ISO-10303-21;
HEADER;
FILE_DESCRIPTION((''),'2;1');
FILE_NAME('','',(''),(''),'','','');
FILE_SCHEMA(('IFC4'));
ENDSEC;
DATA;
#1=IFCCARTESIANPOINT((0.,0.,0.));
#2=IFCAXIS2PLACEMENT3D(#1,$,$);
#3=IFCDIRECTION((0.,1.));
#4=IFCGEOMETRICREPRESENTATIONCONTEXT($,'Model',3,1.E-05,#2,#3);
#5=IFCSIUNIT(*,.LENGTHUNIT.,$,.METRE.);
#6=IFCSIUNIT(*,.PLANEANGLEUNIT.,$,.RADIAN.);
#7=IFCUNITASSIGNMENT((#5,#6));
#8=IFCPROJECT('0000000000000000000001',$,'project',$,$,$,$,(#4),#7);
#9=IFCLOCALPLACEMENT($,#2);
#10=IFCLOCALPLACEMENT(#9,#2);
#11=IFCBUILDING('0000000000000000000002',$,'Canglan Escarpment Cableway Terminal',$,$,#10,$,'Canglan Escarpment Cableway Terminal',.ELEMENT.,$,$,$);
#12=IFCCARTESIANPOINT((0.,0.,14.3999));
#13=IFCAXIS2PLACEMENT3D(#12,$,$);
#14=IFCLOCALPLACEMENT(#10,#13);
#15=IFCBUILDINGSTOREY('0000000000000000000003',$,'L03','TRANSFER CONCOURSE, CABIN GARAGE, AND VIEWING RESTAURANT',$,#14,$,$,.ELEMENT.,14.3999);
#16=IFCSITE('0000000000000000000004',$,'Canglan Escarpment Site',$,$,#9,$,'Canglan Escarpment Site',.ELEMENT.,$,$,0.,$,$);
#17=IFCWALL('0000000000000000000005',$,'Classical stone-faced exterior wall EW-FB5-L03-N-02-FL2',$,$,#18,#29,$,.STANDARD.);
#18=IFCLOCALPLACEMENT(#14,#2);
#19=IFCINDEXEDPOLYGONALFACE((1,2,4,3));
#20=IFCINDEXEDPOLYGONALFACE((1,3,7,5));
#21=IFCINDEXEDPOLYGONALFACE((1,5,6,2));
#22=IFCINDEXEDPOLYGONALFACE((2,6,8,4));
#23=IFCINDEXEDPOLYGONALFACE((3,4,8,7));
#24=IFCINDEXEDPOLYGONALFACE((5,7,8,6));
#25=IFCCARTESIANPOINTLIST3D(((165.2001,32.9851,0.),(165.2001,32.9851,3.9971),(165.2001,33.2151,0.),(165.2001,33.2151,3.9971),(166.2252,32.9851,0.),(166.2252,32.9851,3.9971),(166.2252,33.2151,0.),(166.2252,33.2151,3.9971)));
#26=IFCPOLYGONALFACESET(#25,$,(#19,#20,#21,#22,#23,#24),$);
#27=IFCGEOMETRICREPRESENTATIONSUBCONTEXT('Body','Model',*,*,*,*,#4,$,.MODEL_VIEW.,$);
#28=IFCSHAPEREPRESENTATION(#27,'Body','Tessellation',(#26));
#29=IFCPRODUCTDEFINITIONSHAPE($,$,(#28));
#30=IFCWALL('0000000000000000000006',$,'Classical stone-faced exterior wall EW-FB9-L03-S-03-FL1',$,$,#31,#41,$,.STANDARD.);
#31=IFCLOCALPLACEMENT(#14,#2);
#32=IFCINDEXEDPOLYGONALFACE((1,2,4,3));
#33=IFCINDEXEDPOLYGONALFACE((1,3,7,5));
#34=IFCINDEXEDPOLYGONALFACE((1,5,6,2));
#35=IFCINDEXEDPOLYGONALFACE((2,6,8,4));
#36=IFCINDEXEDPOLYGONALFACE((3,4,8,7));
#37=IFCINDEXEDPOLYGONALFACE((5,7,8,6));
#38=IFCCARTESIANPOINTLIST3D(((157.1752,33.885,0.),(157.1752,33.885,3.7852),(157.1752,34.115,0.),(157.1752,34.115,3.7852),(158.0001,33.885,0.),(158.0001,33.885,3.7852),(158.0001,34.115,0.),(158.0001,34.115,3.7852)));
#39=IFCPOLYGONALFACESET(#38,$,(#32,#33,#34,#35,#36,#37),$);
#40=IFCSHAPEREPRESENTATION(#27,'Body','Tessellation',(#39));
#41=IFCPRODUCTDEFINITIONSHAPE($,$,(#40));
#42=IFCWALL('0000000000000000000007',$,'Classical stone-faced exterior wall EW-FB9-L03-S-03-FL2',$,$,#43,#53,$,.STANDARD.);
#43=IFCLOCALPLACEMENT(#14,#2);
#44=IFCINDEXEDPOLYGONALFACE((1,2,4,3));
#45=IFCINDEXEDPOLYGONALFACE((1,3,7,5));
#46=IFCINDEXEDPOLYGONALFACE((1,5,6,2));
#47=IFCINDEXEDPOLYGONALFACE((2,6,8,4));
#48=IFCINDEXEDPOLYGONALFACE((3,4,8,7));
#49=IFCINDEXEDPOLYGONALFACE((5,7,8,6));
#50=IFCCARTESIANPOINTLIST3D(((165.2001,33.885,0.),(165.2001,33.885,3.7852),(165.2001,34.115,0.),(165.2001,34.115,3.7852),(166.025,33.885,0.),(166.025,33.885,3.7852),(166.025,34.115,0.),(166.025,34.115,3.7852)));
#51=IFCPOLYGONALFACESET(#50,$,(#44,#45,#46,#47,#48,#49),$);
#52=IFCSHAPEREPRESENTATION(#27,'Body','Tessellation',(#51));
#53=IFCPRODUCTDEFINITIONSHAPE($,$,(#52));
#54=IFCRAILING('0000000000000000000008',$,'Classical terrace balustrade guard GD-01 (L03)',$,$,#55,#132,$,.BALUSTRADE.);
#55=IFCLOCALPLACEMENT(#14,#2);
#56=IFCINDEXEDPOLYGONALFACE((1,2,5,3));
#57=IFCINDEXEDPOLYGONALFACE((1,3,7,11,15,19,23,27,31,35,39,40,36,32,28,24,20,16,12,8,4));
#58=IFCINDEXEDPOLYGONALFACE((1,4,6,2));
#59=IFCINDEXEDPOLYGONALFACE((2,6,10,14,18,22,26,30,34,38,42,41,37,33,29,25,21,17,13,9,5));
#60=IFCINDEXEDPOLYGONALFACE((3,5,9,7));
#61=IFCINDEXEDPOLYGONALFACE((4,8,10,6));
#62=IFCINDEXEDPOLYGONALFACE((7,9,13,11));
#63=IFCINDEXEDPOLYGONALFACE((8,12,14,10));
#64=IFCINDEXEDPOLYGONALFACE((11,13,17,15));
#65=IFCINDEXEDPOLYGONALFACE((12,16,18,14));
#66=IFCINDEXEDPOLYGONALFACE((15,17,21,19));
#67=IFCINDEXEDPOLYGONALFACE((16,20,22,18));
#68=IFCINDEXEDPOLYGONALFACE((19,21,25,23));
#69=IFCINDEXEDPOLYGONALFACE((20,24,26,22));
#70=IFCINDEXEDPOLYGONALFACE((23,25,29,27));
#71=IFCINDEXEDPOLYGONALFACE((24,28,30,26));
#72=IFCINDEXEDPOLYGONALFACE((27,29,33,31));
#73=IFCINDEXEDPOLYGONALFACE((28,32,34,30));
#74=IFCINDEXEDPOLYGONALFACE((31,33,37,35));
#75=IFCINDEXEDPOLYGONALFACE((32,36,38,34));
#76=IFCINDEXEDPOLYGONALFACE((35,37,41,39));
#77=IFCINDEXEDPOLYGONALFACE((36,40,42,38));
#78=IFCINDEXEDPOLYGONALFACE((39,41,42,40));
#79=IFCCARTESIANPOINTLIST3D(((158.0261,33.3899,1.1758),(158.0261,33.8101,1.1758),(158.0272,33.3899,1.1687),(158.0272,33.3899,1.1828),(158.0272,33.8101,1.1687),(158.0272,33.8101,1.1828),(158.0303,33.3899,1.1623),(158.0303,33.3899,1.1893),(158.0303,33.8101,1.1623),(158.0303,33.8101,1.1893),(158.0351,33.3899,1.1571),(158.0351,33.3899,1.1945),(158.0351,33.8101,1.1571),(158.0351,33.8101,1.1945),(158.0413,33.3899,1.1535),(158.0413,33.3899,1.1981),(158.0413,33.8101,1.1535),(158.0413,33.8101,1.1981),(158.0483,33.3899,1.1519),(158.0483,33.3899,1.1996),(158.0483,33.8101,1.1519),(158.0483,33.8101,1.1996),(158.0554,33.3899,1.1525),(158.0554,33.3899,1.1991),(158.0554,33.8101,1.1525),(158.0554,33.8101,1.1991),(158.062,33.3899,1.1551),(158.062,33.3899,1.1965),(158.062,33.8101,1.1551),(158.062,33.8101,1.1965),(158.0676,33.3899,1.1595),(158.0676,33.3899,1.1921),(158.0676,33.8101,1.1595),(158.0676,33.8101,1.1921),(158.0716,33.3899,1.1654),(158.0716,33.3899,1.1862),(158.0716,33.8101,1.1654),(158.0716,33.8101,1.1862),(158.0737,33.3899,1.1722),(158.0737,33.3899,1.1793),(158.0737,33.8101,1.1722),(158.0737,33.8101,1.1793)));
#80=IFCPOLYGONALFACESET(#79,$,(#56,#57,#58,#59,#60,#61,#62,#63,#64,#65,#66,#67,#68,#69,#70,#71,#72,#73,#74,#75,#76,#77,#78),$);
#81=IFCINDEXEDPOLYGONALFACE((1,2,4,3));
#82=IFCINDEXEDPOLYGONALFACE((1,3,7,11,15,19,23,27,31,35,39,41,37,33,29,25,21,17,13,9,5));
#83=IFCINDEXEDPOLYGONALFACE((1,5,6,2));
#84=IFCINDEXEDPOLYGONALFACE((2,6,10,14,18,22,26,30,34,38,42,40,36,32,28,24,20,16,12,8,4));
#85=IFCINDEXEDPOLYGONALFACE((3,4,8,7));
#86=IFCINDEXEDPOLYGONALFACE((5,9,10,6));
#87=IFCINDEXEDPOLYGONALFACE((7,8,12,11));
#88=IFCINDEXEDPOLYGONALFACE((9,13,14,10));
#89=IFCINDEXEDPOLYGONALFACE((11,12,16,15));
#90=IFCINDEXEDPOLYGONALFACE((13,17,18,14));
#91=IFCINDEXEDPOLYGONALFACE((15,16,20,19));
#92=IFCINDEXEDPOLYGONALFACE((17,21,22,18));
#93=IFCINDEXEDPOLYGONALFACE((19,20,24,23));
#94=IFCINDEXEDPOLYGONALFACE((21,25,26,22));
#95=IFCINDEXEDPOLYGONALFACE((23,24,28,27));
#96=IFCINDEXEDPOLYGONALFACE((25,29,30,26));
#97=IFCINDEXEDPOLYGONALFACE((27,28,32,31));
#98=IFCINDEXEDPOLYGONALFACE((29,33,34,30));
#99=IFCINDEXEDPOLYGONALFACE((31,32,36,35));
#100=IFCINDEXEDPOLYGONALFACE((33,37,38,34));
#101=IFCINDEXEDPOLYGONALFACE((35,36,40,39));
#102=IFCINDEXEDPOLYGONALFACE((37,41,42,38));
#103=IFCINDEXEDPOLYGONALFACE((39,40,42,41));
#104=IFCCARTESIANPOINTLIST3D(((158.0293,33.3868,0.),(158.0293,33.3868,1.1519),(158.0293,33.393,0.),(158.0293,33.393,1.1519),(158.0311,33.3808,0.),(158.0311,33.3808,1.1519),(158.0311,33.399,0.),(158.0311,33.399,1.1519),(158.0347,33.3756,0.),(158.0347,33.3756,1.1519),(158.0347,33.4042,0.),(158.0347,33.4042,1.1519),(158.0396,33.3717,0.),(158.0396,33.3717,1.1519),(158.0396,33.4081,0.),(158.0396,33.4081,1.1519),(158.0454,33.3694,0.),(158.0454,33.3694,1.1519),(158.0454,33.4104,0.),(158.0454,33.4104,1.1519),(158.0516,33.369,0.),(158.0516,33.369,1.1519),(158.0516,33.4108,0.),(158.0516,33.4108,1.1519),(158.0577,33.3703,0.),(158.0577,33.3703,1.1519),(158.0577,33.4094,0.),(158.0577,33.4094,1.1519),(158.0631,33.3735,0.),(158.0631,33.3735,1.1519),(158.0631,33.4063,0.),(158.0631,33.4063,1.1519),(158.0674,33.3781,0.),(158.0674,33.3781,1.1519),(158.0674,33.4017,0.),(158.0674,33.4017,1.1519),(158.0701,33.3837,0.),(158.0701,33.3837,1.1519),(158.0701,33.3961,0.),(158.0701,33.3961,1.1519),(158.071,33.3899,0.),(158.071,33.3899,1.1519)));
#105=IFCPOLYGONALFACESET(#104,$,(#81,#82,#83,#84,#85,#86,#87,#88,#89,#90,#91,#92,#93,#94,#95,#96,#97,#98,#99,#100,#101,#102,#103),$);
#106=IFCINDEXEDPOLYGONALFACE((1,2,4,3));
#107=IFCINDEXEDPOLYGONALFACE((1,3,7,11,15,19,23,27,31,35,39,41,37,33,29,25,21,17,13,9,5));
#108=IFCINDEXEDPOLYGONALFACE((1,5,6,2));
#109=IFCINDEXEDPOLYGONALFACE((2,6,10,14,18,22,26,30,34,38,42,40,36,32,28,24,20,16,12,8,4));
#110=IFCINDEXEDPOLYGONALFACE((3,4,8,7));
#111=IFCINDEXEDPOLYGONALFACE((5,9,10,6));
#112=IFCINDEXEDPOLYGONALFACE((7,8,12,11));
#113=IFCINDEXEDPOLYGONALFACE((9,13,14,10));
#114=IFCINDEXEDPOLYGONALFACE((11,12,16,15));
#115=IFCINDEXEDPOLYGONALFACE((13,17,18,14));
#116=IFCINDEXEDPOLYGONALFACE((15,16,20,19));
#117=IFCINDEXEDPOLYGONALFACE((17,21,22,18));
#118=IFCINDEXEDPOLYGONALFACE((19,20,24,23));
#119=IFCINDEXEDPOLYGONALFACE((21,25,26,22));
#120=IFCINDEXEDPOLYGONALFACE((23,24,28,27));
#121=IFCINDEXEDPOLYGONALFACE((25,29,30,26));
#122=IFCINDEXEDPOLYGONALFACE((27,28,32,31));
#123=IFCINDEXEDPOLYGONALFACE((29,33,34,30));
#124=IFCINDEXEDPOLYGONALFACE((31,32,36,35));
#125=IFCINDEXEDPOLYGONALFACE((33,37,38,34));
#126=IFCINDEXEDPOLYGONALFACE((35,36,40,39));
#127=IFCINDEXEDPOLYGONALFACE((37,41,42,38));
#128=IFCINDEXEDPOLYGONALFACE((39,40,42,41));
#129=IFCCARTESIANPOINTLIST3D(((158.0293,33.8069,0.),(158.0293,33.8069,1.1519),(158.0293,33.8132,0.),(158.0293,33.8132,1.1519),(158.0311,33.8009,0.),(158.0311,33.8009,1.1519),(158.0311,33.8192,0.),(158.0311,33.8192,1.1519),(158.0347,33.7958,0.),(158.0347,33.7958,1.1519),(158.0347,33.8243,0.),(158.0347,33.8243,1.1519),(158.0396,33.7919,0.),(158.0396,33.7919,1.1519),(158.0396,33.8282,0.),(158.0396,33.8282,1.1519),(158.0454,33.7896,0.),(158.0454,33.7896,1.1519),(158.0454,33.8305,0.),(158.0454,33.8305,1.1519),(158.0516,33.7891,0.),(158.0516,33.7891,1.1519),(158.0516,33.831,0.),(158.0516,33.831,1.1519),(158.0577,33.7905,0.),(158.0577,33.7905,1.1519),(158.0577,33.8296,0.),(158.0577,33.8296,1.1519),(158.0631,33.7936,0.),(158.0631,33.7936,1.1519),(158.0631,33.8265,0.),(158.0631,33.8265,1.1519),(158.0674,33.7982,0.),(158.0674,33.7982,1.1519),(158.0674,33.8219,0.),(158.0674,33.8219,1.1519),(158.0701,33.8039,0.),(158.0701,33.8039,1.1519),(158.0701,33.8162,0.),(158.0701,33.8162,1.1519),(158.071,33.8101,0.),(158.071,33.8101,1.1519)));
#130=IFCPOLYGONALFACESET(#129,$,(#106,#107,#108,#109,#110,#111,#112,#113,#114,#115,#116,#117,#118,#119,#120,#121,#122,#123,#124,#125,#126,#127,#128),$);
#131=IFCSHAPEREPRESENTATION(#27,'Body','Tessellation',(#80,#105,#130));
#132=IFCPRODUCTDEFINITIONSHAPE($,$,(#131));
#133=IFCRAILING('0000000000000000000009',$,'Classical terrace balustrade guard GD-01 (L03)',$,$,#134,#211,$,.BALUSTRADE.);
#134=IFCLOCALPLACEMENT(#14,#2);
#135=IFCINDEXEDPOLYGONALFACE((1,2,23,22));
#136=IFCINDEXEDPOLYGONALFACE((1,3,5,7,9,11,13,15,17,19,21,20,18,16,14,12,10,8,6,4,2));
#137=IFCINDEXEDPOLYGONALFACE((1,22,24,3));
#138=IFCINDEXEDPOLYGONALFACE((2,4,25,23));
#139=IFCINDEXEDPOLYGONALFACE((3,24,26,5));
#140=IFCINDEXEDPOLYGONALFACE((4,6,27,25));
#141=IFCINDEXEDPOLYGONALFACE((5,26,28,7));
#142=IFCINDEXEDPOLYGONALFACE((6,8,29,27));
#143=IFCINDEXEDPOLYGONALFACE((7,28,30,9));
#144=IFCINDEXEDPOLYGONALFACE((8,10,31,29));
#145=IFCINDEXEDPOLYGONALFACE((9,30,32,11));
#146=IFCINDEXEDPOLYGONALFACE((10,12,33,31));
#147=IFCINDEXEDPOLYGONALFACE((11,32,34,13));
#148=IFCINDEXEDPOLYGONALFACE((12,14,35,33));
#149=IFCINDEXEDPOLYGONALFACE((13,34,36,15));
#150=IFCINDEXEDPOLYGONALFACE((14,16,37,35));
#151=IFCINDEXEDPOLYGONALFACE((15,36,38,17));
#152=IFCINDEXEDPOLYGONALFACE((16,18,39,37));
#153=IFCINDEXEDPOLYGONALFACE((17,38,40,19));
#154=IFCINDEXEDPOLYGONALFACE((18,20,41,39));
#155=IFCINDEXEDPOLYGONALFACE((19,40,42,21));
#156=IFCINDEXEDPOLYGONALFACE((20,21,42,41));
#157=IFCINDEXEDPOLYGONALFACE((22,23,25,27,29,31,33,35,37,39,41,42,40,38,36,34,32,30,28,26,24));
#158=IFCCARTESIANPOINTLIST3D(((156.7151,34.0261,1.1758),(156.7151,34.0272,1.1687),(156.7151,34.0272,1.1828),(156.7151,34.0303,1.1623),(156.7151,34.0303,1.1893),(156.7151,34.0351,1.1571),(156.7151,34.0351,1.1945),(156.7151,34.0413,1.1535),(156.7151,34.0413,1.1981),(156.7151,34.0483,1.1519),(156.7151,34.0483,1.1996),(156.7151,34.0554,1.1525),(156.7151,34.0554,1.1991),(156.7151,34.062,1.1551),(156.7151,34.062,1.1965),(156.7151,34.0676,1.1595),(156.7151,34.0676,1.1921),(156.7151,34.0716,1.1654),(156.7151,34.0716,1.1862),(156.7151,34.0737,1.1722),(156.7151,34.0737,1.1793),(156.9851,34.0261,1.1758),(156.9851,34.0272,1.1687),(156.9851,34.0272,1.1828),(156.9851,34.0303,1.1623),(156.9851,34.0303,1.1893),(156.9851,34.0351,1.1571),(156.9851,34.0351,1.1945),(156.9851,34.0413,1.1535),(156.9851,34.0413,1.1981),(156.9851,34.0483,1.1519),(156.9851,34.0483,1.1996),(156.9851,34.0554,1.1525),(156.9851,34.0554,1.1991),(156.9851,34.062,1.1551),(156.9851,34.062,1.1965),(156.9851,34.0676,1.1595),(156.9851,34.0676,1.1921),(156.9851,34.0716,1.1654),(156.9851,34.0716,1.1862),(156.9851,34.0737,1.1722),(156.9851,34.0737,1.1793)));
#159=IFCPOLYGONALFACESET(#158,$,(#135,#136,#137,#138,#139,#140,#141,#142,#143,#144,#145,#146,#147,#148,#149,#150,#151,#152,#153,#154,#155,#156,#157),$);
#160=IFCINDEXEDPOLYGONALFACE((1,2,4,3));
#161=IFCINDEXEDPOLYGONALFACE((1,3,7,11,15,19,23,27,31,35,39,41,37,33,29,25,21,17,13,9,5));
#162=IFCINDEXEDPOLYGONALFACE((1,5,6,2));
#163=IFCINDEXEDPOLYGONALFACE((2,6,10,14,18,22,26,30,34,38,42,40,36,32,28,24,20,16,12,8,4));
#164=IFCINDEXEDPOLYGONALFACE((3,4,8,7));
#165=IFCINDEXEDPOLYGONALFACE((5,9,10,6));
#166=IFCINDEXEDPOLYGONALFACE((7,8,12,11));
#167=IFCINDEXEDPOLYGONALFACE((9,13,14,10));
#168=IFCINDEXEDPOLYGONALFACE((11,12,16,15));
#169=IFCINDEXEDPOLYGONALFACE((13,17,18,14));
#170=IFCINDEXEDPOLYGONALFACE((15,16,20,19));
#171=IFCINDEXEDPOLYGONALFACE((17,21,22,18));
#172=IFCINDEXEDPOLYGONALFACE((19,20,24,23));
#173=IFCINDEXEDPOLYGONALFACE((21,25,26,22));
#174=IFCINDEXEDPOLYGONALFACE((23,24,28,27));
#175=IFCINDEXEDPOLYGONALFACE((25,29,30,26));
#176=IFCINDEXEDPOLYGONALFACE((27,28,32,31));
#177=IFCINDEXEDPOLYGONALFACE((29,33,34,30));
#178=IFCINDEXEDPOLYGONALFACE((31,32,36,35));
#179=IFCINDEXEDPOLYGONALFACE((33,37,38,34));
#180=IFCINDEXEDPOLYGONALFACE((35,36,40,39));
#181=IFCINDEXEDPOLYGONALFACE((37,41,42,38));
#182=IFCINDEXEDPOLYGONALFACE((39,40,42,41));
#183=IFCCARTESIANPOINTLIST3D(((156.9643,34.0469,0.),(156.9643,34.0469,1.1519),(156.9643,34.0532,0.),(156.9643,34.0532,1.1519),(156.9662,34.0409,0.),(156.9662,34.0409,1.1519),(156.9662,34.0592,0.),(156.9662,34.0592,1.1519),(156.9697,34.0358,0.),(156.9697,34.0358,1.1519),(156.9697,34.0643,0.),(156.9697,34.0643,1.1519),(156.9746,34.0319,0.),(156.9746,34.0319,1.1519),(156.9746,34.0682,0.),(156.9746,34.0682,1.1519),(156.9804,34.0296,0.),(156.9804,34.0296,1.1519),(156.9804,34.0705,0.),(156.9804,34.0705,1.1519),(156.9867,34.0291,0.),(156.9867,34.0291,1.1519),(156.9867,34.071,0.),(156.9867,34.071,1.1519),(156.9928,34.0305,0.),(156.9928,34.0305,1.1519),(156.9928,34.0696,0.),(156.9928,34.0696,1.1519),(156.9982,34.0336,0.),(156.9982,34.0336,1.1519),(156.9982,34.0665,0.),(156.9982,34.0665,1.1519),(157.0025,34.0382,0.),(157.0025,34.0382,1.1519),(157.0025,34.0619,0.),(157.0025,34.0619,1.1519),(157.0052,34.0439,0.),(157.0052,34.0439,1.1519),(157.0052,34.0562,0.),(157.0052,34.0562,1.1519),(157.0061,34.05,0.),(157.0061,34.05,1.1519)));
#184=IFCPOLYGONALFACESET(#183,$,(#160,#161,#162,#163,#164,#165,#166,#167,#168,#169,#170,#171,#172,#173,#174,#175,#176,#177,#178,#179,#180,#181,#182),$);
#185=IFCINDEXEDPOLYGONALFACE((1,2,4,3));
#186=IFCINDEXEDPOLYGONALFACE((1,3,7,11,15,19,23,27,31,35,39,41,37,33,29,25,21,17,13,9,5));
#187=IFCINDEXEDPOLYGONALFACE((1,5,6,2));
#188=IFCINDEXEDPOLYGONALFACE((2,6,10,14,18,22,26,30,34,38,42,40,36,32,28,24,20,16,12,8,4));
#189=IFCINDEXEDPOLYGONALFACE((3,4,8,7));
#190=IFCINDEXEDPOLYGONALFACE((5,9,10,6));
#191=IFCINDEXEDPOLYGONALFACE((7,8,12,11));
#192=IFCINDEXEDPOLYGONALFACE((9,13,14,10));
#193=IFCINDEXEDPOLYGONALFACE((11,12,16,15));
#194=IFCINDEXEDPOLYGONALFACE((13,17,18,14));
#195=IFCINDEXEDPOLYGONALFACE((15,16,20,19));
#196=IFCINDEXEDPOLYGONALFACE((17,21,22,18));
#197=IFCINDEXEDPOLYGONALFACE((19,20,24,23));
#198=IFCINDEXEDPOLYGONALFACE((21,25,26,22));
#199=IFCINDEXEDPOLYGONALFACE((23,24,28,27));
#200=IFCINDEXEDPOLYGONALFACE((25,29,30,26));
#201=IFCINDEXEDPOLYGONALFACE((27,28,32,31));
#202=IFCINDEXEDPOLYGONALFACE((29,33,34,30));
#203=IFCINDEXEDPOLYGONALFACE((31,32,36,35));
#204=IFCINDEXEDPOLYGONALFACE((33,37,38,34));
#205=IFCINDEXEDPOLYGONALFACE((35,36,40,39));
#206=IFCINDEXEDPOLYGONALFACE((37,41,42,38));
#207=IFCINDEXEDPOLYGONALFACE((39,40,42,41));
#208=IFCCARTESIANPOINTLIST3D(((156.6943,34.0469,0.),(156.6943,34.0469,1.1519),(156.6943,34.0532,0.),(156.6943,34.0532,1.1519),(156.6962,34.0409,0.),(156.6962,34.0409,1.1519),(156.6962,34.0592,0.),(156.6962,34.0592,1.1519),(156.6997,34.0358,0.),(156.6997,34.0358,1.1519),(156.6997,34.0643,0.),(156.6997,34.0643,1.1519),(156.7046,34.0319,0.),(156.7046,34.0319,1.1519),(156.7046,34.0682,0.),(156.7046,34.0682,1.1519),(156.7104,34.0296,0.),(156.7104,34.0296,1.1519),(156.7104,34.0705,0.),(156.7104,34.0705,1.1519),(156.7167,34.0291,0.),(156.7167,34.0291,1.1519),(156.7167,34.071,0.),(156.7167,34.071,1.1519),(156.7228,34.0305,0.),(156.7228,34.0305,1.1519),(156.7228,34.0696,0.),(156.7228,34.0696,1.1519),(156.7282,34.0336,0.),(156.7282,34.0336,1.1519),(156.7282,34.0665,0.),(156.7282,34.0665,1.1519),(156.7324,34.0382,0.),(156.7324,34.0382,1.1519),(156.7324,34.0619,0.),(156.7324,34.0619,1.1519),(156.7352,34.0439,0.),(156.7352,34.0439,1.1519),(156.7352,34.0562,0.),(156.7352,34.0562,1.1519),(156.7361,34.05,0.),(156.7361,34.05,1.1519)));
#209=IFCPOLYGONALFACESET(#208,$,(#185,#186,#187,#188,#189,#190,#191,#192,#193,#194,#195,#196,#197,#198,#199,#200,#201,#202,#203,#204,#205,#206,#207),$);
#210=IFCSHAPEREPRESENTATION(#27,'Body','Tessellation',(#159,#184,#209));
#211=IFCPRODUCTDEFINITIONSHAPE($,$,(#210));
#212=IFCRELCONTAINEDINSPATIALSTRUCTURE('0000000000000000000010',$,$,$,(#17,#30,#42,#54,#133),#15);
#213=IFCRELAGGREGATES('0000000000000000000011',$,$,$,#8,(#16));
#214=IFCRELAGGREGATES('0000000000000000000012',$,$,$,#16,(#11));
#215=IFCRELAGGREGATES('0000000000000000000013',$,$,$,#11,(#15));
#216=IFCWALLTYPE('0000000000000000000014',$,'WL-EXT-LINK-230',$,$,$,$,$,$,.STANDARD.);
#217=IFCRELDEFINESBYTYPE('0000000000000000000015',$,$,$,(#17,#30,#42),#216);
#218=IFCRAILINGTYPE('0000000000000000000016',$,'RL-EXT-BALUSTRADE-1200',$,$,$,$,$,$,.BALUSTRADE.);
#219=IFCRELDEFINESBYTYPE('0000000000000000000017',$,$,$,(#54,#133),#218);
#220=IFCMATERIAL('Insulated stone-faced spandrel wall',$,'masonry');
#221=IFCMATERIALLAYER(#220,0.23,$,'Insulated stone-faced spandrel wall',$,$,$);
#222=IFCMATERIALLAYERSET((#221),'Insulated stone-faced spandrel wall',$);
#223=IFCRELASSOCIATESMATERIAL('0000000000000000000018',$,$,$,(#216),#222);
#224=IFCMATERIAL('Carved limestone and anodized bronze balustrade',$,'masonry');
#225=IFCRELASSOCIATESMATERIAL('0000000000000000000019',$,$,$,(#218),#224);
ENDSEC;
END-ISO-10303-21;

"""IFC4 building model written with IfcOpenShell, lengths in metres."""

from ifc_helpers import new_model, si_unit, direction, frame, frame_2d, origin, origin_2d, place, context, subcontext, project, spatial, rectangle, circle, extrude, material, layer, layer_set, type_object, element, save


model = new_model("IFC4")

# Units and contexts
model_context = context("Model", 3, precision=1e-05, world=origin(), true_north=direction((0.0, 1.0)))
body_context = subcontext(model_context, "Body", "Model", "MODEL_VIEW")
ifc_project = project(units=[si_unit("LENGTHUNIT", "METRE"), si_unit("PLANEANGLEUNIT", "RADIAN")], contexts=[model_context])

# Site, building, storey
site_placement = place(None, origin())
site = spatial("IfcSite", under=ifc_project, at=site_placement, Name="Canglan Escarpment Site", LongName="Canglan Escarpment Site", CompositionType="ELEMENT", RefElevation=0.0)
building_placement = place(site_placement, origin())
building = spatial("IfcBuilding", under=site, at=building_placement, Name="Canglan Escarpment Cableway Terminal", LongName="Canglan Escarpment Cableway Terminal", CompositionType="ELEMENT")
storey_placement = place(building_placement, frame((0.0, 0.0, 14.3999)))
storey = spatial("IfcBuildingStorey", under=building, at=storey_placement, Name="L03", Description="TRANSFER CONCOURSE, CABIN GARAGE, AND VIEWING RESTAURANT", CompositionType="ELEMENT", Elevation=14.3999)

# Walls
ifc_material_1 = material(Name="Insulated stone-faced spandrel wall", Category="masonry")
ifc_layer_1 = layer(ifc_material_1, 0.23, Name="Insulated stone-faced spandrel wall")
ifc_layer_set_1 = layer_set([ifc_layer_1], Name="Insulated stone-faced spandrel wall")
wall_type_1 = type_object("IfcWallType", Name="WL-EXT-LINK-230", PredefinedType="STANDARD", material=ifc_layer_set_1)
wall_1_placement = place(storey_placement, frame((165.2, 33.1001, 0.0), z_axis=(0.0, 0.0, 1.0), x_axis=(1.0, 0.0, 0.0)))
element("IfcWall", 1, at=wall_1_placement, inside=storey, type_object=wall_type_1, Name="Classical stone-faced exterior wall EW-FB5-L03-N-02-FL2", PredefinedType="STANDARD", context=body_context, shape_type="SweptSolid", body=[
    extrude(rectangle(XDim=1.0251, YDim=0.23, at=frame_2d((0.5127, 0.0))), origin(), (0.0, 0.0, 1.0), 3.9971),
])
for number, where, z_axis, x_axis, name in (
    (2, (157.175, 34.0, 0.0), (0.0, 0.0, 1.0), (1.0, 0.0, 0.0), "Classical stone-faced exterior wall EW-FB9-L03-S-03-FL1"),
    (3, (165.2, 34.0, 0.0), (0.0, 0.0, 1.0), (1.0, 0.0, 0.0), "Classical stone-faced exterior wall EW-FB9-L03-S-03-FL2"),
):
    element("IfcWall", number, at=place(storey_placement, frame(where, z_axis=z_axis, x_axis=x_axis)), inside=storey, type_object=wall_type_1, Name=name, PredefinedType="STANDARD", context=body_context, shape_type="SweptSolid", body=[
        extrude(rectangle(XDim=0.825, YDim=0.23, at=frame_2d((0.4126, 0.0))), origin(), (0.0, 0.0, 1.0), 3.7852),
    ])

# Railings
ifc_material_2 = material(Name="Carved limestone and anodized bronze balustrade", Category="masonry")
railing_type = type_object("IfcRailingType", Name="RL-EXT-BALUSTRADE-1200", PredefinedType="BALUSTRADE", material=ifc_material_2)
railing_1_placement = place(storey_placement, frame((158.05, 33.3899, 0.0)))
element("IfcRailing", 4, at=railing_1_placement, inside=storey, type_object=railing_type, Name="Classical terrace balustrade guard GD-01 (L03)", PredefinedType="BALUSTRADE", context=body_context, shape_type="SweptSolid", body=[
    extrude(circle(Radius=0.0239, at=origin_2d()), frame((0.0, 0.0, 1.1758), z_axis=(0.0, 1.0, 0.0), x_axis=(-1.0, 0.0, 0.0)), (0.0, 0.0, 1.0), 0.4202),
    extrude(circle(Radius=0.021, at=origin_2d()), origin(), (0.0, 0.0, 1.0), 1.1519),
    extrude(circle(Radius=0.021, at=origin_2d()), frame((0.0, 0.4202, 0.0)), (0.0, 0.0, 1.0), 1.1519),
])
railing_2_placement = place(storey_placement, frame((156.9851, 34.05, 0.0)))
element("IfcRailing", 5, at=railing_2_placement, inside=storey, type_object=railing_type, Name="Classical terrace balustrade guard GD-01 (L03)", PredefinedType="BALUSTRADE", context=body_context, shape_type="SweptSolid", body=[
    extrude(circle(Radius=0.0239, at=origin_2d()), frame((0.0, 0.0, 1.1758), z_axis=(-1.0, 0.0, 0.0), x_axis=(0.0, -1.0, 0.0)), (0.0, 0.0, 1.0), 0.27),
    extrude(circle(Radius=0.021, at=origin_2d()), origin(), (0.0, 0.0, 1.0), 1.1519),
    extrude(circle(Radius=0.021, at=origin_2d()), frame((-0.27, 0.0, 0.0)), (0.0, 0.0, 1.0), 1.1519),
])

save(model, "model.ifc")
